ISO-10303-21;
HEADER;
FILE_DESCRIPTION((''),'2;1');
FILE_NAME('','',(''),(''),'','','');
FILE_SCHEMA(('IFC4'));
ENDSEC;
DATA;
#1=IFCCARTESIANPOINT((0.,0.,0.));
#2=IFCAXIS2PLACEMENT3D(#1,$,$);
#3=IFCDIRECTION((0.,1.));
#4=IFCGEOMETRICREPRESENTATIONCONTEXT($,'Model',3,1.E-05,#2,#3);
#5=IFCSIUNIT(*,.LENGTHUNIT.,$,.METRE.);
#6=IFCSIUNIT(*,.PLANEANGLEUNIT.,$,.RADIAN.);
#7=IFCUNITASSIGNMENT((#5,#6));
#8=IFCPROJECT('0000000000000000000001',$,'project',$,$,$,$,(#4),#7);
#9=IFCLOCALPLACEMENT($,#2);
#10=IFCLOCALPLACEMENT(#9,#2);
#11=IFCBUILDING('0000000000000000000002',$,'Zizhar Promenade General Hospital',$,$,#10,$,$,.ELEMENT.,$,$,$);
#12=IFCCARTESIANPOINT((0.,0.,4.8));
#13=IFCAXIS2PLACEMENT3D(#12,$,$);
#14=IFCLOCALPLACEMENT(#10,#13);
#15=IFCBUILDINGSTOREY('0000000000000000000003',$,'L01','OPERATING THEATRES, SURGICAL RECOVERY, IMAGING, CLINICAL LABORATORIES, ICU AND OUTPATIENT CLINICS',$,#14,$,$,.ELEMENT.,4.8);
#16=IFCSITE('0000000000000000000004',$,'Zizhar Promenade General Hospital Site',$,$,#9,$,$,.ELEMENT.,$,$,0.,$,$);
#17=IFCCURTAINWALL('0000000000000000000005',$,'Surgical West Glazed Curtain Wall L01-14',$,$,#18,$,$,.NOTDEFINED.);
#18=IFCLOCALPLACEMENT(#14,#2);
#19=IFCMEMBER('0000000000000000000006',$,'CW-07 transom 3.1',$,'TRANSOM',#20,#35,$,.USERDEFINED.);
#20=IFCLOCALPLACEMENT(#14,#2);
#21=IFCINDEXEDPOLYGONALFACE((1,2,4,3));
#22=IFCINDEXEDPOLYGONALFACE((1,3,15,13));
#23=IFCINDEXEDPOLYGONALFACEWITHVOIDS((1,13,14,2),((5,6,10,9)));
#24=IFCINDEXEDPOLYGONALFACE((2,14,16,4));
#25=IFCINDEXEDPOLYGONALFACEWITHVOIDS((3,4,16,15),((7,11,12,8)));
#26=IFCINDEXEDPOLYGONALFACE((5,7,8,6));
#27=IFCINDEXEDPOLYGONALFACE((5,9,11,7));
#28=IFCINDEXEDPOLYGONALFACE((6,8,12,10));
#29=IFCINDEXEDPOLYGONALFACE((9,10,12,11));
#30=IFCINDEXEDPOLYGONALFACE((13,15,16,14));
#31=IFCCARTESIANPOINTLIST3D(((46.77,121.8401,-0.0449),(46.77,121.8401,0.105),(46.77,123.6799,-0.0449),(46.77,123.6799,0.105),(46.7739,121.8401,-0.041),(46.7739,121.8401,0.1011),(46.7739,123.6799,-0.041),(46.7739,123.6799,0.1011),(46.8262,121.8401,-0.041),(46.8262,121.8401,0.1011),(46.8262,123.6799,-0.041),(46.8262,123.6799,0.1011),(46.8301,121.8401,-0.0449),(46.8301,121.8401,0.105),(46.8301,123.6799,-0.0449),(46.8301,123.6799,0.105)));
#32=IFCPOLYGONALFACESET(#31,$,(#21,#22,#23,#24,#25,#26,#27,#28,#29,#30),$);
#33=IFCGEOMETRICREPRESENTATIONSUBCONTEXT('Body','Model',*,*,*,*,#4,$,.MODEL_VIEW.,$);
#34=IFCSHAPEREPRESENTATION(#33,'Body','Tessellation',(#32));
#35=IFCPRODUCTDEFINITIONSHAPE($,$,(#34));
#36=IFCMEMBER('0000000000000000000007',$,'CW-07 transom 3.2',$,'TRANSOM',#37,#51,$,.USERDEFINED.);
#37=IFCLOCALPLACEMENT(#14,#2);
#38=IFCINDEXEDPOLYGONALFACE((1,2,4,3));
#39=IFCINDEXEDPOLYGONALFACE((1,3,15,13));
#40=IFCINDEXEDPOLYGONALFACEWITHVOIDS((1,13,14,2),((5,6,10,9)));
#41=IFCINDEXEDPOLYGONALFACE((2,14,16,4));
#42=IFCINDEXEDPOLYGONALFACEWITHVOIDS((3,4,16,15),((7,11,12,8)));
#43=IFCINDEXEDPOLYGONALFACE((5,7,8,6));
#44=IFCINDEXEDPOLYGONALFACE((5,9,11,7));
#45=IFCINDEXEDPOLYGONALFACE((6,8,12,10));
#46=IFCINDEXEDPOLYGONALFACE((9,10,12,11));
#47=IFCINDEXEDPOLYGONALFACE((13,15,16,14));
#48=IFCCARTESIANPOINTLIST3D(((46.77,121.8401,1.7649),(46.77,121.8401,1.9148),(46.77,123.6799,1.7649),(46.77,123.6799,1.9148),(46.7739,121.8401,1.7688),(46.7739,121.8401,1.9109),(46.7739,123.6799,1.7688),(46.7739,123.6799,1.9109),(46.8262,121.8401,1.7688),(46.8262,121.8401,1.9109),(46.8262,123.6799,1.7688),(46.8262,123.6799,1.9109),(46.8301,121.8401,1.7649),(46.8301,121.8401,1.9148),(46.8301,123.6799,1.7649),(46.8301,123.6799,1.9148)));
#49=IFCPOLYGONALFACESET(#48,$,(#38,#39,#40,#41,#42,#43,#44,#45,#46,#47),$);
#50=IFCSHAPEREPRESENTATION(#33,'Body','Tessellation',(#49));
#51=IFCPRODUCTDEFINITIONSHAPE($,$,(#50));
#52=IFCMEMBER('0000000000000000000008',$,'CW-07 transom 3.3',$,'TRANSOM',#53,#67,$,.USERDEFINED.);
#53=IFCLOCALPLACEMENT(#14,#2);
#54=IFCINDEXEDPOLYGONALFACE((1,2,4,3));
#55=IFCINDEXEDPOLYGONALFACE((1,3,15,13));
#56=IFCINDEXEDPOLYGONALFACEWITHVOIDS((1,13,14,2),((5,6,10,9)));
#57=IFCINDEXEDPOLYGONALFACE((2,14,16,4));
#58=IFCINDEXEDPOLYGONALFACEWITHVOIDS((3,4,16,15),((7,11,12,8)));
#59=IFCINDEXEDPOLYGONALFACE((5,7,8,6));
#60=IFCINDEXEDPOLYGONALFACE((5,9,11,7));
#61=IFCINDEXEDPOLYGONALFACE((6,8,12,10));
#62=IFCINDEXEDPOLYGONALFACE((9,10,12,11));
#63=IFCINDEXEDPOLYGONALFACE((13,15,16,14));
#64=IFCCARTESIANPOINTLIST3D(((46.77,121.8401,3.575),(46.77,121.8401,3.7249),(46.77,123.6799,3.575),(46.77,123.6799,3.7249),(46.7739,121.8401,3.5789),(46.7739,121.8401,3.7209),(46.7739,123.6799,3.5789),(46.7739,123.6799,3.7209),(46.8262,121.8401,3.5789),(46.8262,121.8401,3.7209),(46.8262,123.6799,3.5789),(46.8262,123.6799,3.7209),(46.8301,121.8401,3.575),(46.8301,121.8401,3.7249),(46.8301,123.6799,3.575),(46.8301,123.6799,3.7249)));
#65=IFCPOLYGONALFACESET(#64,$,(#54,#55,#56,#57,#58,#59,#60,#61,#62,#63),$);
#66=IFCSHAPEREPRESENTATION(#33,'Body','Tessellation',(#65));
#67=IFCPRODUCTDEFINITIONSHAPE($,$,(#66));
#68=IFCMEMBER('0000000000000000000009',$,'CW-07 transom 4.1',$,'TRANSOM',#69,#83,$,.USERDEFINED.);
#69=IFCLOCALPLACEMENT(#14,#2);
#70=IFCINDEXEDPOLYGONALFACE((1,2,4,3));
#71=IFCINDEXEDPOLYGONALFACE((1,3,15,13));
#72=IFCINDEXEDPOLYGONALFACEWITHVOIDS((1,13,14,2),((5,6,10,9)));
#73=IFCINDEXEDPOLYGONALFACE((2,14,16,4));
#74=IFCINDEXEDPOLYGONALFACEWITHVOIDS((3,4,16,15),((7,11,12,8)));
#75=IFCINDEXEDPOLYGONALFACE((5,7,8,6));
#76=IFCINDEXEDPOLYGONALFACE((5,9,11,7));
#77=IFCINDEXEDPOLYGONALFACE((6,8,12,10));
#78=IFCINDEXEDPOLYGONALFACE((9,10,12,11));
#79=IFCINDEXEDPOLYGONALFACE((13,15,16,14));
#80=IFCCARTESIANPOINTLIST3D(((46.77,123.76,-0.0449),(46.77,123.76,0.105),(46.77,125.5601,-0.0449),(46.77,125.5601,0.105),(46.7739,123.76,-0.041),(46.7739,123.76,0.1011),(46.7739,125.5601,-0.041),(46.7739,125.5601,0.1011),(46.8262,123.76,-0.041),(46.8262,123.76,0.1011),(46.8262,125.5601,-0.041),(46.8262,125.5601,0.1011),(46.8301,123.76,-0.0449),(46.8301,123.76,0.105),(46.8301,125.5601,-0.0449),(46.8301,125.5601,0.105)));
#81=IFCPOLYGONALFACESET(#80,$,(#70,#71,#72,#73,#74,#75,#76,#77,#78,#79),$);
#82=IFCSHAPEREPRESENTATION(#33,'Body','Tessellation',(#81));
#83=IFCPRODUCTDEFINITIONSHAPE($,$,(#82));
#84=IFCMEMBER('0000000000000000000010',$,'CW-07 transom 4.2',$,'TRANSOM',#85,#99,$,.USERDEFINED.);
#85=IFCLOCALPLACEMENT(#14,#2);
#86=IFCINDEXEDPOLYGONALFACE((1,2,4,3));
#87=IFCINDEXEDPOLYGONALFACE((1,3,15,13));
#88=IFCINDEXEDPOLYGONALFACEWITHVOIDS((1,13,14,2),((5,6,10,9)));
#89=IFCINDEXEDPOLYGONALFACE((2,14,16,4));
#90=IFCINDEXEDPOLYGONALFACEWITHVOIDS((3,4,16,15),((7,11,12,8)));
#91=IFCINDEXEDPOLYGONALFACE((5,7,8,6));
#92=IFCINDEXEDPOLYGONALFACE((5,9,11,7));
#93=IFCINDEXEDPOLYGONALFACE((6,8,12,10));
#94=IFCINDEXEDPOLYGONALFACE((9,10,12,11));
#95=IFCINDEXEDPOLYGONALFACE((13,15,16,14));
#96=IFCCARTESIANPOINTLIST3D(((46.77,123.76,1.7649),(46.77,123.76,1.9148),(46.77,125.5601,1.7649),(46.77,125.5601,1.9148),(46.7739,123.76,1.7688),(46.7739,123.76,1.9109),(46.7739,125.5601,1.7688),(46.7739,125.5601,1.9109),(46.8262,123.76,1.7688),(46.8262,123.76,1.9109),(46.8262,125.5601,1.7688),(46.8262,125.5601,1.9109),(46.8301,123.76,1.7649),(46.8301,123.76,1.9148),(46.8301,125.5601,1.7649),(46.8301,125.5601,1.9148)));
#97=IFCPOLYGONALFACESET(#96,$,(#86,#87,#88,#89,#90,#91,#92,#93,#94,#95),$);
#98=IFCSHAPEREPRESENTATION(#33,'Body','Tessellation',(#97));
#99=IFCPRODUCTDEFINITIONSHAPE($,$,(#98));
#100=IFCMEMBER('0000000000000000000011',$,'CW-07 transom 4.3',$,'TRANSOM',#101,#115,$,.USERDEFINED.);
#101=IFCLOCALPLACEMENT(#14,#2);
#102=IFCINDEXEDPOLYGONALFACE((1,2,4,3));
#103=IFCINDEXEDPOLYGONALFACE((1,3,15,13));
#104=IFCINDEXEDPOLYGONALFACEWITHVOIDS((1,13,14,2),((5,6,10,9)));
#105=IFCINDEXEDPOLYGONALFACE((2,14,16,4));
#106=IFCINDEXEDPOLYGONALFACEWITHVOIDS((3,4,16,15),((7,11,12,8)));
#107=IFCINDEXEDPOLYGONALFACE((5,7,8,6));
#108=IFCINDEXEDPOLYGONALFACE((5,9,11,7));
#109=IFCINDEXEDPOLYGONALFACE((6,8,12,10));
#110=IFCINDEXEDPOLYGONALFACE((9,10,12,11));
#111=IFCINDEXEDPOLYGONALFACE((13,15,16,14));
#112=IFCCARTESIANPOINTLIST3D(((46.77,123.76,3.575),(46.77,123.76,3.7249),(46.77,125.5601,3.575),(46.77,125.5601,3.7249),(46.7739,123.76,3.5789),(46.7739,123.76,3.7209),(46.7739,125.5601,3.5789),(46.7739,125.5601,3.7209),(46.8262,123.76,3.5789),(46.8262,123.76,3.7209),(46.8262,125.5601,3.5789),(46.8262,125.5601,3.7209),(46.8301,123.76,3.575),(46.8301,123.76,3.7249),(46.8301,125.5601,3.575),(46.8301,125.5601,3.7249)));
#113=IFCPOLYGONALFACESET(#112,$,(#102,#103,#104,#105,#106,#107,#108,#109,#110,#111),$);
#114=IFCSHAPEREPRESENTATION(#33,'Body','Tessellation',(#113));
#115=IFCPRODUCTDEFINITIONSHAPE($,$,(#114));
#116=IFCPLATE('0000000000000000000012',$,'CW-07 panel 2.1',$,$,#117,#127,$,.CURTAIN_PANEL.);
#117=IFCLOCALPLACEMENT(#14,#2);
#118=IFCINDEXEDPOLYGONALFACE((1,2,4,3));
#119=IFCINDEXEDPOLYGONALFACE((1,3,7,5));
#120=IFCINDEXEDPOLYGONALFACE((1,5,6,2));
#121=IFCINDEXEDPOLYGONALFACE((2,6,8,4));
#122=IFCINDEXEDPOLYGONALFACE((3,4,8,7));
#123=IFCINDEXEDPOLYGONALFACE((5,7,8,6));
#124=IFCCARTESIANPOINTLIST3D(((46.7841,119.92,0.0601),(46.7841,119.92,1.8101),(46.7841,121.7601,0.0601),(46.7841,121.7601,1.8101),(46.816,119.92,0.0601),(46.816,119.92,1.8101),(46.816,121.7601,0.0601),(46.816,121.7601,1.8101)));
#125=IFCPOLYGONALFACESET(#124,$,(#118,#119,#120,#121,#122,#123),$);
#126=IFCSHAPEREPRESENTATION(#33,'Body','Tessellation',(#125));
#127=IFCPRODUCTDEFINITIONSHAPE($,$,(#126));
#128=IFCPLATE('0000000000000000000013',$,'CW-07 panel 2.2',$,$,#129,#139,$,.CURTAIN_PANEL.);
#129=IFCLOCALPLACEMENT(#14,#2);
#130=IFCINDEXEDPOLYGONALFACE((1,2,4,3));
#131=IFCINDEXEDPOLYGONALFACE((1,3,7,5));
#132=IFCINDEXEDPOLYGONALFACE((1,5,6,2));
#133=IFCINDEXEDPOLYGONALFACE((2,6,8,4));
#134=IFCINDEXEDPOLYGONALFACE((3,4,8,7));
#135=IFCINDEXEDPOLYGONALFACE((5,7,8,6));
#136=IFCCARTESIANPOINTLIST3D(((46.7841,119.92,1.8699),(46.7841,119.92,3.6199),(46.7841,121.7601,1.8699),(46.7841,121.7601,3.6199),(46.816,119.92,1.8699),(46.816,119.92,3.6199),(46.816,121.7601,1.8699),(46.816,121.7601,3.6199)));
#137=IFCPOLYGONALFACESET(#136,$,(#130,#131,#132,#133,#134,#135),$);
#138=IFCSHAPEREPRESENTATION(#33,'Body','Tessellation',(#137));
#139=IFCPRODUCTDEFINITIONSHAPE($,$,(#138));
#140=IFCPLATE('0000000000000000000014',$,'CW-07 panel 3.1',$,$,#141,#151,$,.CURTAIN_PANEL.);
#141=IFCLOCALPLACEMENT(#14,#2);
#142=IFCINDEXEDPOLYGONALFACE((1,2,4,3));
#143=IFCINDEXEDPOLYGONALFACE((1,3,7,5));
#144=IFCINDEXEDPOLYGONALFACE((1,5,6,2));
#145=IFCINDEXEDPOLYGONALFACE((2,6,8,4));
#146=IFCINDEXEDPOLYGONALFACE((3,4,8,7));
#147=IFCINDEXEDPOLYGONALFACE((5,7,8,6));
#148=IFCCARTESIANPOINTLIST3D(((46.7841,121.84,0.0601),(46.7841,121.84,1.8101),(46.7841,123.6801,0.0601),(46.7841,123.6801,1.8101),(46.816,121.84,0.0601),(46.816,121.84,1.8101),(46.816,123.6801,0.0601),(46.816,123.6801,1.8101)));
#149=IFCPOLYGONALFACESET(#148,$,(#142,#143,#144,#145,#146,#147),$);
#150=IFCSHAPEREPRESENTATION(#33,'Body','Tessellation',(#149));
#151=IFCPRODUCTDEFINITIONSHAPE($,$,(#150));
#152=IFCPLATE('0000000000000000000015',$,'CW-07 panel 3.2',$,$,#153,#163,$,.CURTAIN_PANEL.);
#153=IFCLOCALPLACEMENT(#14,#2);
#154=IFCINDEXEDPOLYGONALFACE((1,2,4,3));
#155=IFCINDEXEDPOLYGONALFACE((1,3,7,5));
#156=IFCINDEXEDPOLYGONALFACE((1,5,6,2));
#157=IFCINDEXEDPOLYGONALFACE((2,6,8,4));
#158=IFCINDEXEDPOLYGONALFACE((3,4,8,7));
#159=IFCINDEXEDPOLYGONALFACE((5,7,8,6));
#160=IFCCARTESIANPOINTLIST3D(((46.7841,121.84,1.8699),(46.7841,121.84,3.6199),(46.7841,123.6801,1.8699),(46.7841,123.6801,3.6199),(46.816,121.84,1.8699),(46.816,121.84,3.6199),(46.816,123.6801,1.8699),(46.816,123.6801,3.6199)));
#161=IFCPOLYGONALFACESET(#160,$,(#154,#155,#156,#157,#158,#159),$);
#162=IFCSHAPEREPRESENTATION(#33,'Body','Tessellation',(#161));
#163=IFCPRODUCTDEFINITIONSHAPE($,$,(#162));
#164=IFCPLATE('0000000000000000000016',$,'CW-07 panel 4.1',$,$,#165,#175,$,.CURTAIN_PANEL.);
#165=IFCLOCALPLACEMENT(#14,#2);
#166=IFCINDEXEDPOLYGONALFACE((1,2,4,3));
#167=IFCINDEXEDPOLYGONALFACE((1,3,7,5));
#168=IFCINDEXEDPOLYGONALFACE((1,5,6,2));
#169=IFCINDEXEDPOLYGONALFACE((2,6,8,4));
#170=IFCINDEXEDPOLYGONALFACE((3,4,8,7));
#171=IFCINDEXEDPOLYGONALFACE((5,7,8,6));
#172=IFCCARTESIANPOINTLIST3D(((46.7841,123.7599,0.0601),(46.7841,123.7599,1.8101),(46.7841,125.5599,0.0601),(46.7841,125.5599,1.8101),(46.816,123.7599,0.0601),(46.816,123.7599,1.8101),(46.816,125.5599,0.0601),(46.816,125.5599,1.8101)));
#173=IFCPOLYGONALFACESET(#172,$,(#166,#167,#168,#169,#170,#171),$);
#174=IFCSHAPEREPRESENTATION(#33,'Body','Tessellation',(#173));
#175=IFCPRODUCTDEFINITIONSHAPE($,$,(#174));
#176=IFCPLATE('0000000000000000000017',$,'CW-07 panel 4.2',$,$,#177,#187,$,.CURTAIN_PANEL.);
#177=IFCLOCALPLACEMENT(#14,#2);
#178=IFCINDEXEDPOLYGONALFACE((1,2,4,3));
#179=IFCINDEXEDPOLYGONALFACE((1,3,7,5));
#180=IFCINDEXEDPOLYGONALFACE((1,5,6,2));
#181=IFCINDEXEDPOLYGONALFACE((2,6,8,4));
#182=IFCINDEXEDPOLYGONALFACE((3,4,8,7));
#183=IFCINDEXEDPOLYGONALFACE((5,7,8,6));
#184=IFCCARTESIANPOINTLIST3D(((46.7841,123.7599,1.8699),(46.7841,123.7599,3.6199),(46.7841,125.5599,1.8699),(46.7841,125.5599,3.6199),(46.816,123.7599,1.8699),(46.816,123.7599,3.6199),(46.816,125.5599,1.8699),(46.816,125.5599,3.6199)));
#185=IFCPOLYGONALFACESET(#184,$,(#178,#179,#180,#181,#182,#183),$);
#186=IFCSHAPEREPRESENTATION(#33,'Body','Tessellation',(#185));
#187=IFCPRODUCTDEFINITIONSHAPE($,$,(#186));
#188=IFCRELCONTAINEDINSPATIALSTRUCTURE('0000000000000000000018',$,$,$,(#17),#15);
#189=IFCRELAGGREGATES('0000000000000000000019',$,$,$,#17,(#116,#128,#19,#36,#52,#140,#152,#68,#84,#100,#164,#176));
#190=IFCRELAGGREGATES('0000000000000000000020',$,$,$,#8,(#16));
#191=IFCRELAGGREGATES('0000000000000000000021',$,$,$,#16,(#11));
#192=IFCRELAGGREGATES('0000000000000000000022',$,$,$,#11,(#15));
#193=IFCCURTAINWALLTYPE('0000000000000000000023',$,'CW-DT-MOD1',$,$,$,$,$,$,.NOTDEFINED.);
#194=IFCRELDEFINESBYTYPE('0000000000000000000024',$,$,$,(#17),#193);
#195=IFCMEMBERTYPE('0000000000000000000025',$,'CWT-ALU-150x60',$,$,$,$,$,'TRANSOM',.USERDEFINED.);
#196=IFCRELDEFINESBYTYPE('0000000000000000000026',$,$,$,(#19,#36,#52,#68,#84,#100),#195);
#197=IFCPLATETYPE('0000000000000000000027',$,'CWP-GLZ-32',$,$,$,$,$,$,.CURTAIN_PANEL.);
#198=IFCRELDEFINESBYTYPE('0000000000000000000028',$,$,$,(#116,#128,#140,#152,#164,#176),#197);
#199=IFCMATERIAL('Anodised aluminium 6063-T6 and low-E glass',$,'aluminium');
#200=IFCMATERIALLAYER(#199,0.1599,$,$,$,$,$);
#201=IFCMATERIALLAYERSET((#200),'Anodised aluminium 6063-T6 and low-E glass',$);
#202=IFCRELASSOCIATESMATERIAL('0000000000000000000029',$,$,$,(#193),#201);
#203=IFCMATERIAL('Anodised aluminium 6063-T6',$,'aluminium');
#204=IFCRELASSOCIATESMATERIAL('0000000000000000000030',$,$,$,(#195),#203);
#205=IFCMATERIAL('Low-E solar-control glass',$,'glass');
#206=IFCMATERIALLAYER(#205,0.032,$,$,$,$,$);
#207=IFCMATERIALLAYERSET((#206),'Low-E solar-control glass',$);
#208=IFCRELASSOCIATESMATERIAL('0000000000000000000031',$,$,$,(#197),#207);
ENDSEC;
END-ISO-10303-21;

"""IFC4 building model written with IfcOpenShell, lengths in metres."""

from ifc_helpers import new_model, si_unit, direction, frame, origin, origin_2d, place, context, subcontext, project, spatial, rectangle, hollow_rectangle, extrude, material, layer, layer_set, material_profile, profile_set, type_object, element, aggregate, save


model = new_model("IFC4")

# Units and contexts
model_context = context("Model", 3, precision=1e-05, world=origin(), true_north=direction((0.0, 1.0)))
body_context = subcontext(model_context, "Body", "Model", "MODEL_VIEW")
ifc_project = project(units=[si_unit("LENGTHUNIT", "METRE"), si_unit("PLANEANGLEUNIT", "RADIAN")], contexts=[model_context])

# Site, building, storey
site_placement = place(None, origin())
site = spatial("IfcSite", under=ifc_project, at=site_placement, Name="Zizhar Promenade General Hospital Site", CompositionType="ELEMENT", RefElevation=0.0)
building_placement = place(site_placement, origin())
building = spatial("IfcBuilding", under=site, at=building_placement, Name="Zizhar Promenade General Hospital", CompositionType="ELEMENT")
storey_placement = place(building_placement, frame((0.0, 0.0, 4.8)))
storey = spatial("IfcBuildingStorey", under=building, at=storey_placement, Name="L01", Description="OPERATING THEATRES, SURGICAL RECOVERY, IMAGING, CLINICAL LABORATORIES, ICU AND OUTPATIENT CLINICS", CompositionType="ELEMENT", Elevation=4.8)

# Curtain wall, members, plates
ifc_material_1 = material(Name="Anodised aluminium 6063-T6 and low-E glass", Category="aluminium")
ifc_layer_1 = layer(ifc_material_1, 0.1599)
ifc_layer_set_1 = layer_set([ifc_layer_1], Name="Anodised aluminium 6063-T6 and low-E glass")
curtain_wall_type = type_object("IfcCurtainWallType", Name="CW-DT-MOD1", PredefinedType="NOTDEFINED", material=ifc_layer_set_1)
curtain_wall_placement = place(storey_placement, origin())
curtain_wall = element("IfcCurtainWall", 1, at=curtain_wall_placement, inside=storey, type_object=curtain_wall_type, Name="Surgical West Glazed Curtain Wall L01-14", PredefinedType="NOTDEFINED")
ifc_material_2 = material(Name="Anodised aluminium 6063-T6", Category="aluminium")
ifc_material_profile_1 = material_profile(ifc_material_2, hollow_rectangle(XDim=0.0601, YDim=0.1499, WallThickness=0.0039, at=origin_2d()))
ifc_profile_set_1 = profile_set([ifc_material_profile_1], Name="Anodised aluminium 6063-T6")
member_type_1 = type_object("IfcMemberType", Name="CWT-ALU-150x60", ElementType="TRANSOM", PredefinedType="USERDEFINED", material=ifc_profile_set_1)
member_1_placement = place(storey_placement, frame((46.8, 121.8401, 0.03), z_axis=(0.0, 1.0, 0.0), x_axis=(-1.0, 0.0, 0.0)))
member_1 = element("IfcMember", 2, at=member_1_placement, type_object=member_type_1, Name="CW-07 transom 3.1", ObjectType="TRANSOM", PredefinedType="USERDEFINED", context=body_context, shape_type="SweptSolid", body=[
    extrude(hollow_rectangle(XDim=0.0601, YDim=0.1499, WallThickness=0.0039, at=origin_2d()), origin(), (0.0, 0.0, 1.0), 1.8398),
])
member_2_placement = place(storey_placement, frame((46.8, 121.8401, 1.8398), z_axis=(0.0, 1.0, 0.0), x_axis=(-1.0, 0.0, 0.0)))
member_2 = element("IfcMember", 3, at=member_2_placement, type_object=member_type_1, Name="CW-07 transom 3.2", ObjectType="TRANSOM", PredefinedType="USERDEFINED", context=body_context, shape_type="SweptSolid", body=[
    extrude(hollow_rectangle(XDim=0.0601, YDim=0.1499, WallThickness=0.0039, at=origin_2d()), origin(), (0.0, 0.0, 1.0), 1.8398),
])
member_3_placement = place(storey_placement, frame((46.8, 121.8401, 3.6499), z_axis=(0.0, 1.0, 0.0), x_axis=(-1.0, 0.0, 0.0)))
member_3 = element("IfcMember", 4, at=member_3_placement, type_object=member_type_1, Name="CW-07 transom 3.3", ObjectType="TRANSOM", PredefinedType="USERDEFINED", context=body_context, shape_type="SweptSolid", body=[
    extrude(hollow_rectangle(XDim=0.0601, YDim=0.1499, WallThickness=0.0039, at=origin_2d()), origin(), (0.0, 0.0, 1.0), 1.8398),
])
member_4_placement = place(storey_placement, frame((46.8, 123.76, 0.03), z_axis=(0.0, 1.0, 0.0), x_axis=(-1.0, 0.0, 0.0)))
member_4 = element("IfcMember", 5, at=member_4_placement, type_object=member_type_1, Name="CW-07 transom 4.1", ObjectType="TRANSOM", PredefinedType="USERDEFINED", context=body_context, shape_type="SweptSolid", body=[
    extrude(hollow_rectangle(XDim=0.0601, YDim=0.1499, WallThickness=0.0039, at=origin_2d()), origin(), (0.0, 0.0, 1.0), 1.8),
])
member_5_placement = place(storey_placement, frame((46.8, 123.76, 1.8398), z_axis=(0.0, 1.0, 0.0), x_axis=(-1.0, 0.0, 0.0)))
member_5 = element("IfcMember", 6, at=member_5_placement, type_object=member_type_1, Name="CW-07 transom 4.2", ObjectType="TRANSOM", PredefinedType="USERDEFINED", context=body_context, shape_type="SweptSolid", body=[
    extrude(hollow_rectangle(XDim=0.0601, YDim=0.1499, WallThickness=0.0039, at=origin_2d()), origin(), (0.0, 0.0, 1.0), 1.8),
])
member_6_placement = place(storey_placement, frame((46.8, 123.76, 3.6499), z_axis=(0.0, 1.0, 0.0), x_axis=(-1.0, 0.0, 0.0)))
member_6 = element("IfcMember", 7, at=member_6_placement, type_object=member_type_1, Name="CW-07 transom 4.3", ObjectType="TRANSOM", PredefinedType="USERDEFINED", context=body_context, shape_type="SweptSolid", body=[
    extrude(hollow_rectangle(XDim=0.0601, YDim=0.1499, WallThickness=0.0039, at=origin_2d()), origin(), (0.0, 0.0, 1.0), 1.8),
])
ifc_material_3 = material(Name="Low-E solar-control glass", Category="glass")
ifc_layer_2 = layer(ifc_material_3, 0.032)
ifc_layer_set_2 = layer_set([ifc_layer_2], Name="Low-E solar-control glass")
plate_type = type_object("IfcPlateType", Name="CWP-GLZ-32", PredefinedType="CURTAIN_PANEL", material=ifc_layer_set_2)
plate_1_placement = place(storey_placement, frame((46.8, 120.8401, 0.0601), z_axis=(0.0, 0.0, 1.0), x_axis=(0.0, 1.0, 0.0)))
plate_1 = element("IfcPlate", 8, at=plate_1_placement, type_object=plate_type, Name="CW-07 panel 2.1", PredefinedType="CURTAIN_PANEL", context=body_context, shape_type="SweptSolid", body=[
    extrude(rectangle(XDim=1.8401, YDim=0.032, at=origin_2d()), origin(), (0.0, 0.0, 1.0), 1.75),
])
plate_2_placement = place(storey_placement, frame((46.8, 120.8401, 1.8699), z_axis=(0.0, 0.0, 1.0), x_axis=(0.0, 1.0, 0.0)))
plate_2 = element("IfcPlate", 9, at=plate_2_placement, type_object=plate_type, Name="CW-07 panel 2.2", PredefinedType="CURTAIN_PANEL", context=body_context, shape_type="SweptSolid", body=[
    extrude(rectangle(XDim=1.8401, YDim=0.032, at=origin_2d()), origin(), (0.0, 0.0, 1.0), 1.75),
])
plate_3_placement = place(storey_placement, frame((46.8, 122.76, 0.0601), z_axis=(0.0, 0.0, 1.0), x_axis=(0.0, 1.0, 0.0)))
plate_3 = element("IfcPlate", 10, at=plate_3_placement, type_object=plate_type, Name="CW-07 panel 3.1", PredefinedType="CURTAIN_PANEL", context=body_context, shape_type="SweptSolid", body=[
    extrude(rectangle(XDim=1.8401, YDim=0.032, at=origin_2d()), origin(), (0.0, 0.0, 1.0), 1.75),
])
plate_4_placement = place(storey_placement, frame((46.8, 122.76, 1.8699), z_axis=(0.0, 0.0, 1.0), x_axis=(0.0, 1.0, 0.0)))
plate_4 = element("IfcPlate", 11, at=plate_4_placement, type_object=plate_type, Name="CW-07 panel 3.2", PredefinedType="CURTAIN_PANEL", context=body_context, shape_type="SweptSolid", body=[
    extrude(rectangle(XDim=1.8401, YDim=0.032, at=origin_2d()), origin(), (0.0, 0.0, 1.0), 1.75),
])
plate_5_placement = place(storey_placement, frame((46.8, 124.6599, 0.0601), z_axis=(0.0, 0.0, 1.0), x_axis=(0.0, 1.0, 0.0)))
plate_5 = element("IfcPlate", 12, at=plate_5_placement, type_object=plate_type, Name="CW-07 panel 4.1", PredefinedType="CURTAIN_PANEL", context=body_context, shape_type="SweptSolid", body=[
    extrude(rectangle(XDim=1.8, YDim=0.032, at=origin_2d()), origin(), (0.0, 0.0, 1.0), 1.75),
])
plate_6_placement = place(storey_placement, frame((46.8, 124.6599, 1.8699), z_axis=(0.0, 0.0, 1.0), x_axis=(0.0, 1.0, 0.0)))
plate_6 = element("IfcPlate", 13, at=plate_6_placement, type_object=plate_type, Name="CW-07 panel 4.2", PredefinedType="CURTAIN_PANEL", context=body_context, shape_type="SweptSolid", body=[
    extrude(rectangle(XDim=1.8, YDim=0.032, at=origin_2d()), origin(), (0.0, 0.0, 1.0), 1.75),
])
aggregate(curtain_wall, [plate_1, plate_2, member_1, member_2, member_3, plate_3, plate_4, member_4, member_5, member_6, plate_5, plate_6])

save(model, "model.ifc")
